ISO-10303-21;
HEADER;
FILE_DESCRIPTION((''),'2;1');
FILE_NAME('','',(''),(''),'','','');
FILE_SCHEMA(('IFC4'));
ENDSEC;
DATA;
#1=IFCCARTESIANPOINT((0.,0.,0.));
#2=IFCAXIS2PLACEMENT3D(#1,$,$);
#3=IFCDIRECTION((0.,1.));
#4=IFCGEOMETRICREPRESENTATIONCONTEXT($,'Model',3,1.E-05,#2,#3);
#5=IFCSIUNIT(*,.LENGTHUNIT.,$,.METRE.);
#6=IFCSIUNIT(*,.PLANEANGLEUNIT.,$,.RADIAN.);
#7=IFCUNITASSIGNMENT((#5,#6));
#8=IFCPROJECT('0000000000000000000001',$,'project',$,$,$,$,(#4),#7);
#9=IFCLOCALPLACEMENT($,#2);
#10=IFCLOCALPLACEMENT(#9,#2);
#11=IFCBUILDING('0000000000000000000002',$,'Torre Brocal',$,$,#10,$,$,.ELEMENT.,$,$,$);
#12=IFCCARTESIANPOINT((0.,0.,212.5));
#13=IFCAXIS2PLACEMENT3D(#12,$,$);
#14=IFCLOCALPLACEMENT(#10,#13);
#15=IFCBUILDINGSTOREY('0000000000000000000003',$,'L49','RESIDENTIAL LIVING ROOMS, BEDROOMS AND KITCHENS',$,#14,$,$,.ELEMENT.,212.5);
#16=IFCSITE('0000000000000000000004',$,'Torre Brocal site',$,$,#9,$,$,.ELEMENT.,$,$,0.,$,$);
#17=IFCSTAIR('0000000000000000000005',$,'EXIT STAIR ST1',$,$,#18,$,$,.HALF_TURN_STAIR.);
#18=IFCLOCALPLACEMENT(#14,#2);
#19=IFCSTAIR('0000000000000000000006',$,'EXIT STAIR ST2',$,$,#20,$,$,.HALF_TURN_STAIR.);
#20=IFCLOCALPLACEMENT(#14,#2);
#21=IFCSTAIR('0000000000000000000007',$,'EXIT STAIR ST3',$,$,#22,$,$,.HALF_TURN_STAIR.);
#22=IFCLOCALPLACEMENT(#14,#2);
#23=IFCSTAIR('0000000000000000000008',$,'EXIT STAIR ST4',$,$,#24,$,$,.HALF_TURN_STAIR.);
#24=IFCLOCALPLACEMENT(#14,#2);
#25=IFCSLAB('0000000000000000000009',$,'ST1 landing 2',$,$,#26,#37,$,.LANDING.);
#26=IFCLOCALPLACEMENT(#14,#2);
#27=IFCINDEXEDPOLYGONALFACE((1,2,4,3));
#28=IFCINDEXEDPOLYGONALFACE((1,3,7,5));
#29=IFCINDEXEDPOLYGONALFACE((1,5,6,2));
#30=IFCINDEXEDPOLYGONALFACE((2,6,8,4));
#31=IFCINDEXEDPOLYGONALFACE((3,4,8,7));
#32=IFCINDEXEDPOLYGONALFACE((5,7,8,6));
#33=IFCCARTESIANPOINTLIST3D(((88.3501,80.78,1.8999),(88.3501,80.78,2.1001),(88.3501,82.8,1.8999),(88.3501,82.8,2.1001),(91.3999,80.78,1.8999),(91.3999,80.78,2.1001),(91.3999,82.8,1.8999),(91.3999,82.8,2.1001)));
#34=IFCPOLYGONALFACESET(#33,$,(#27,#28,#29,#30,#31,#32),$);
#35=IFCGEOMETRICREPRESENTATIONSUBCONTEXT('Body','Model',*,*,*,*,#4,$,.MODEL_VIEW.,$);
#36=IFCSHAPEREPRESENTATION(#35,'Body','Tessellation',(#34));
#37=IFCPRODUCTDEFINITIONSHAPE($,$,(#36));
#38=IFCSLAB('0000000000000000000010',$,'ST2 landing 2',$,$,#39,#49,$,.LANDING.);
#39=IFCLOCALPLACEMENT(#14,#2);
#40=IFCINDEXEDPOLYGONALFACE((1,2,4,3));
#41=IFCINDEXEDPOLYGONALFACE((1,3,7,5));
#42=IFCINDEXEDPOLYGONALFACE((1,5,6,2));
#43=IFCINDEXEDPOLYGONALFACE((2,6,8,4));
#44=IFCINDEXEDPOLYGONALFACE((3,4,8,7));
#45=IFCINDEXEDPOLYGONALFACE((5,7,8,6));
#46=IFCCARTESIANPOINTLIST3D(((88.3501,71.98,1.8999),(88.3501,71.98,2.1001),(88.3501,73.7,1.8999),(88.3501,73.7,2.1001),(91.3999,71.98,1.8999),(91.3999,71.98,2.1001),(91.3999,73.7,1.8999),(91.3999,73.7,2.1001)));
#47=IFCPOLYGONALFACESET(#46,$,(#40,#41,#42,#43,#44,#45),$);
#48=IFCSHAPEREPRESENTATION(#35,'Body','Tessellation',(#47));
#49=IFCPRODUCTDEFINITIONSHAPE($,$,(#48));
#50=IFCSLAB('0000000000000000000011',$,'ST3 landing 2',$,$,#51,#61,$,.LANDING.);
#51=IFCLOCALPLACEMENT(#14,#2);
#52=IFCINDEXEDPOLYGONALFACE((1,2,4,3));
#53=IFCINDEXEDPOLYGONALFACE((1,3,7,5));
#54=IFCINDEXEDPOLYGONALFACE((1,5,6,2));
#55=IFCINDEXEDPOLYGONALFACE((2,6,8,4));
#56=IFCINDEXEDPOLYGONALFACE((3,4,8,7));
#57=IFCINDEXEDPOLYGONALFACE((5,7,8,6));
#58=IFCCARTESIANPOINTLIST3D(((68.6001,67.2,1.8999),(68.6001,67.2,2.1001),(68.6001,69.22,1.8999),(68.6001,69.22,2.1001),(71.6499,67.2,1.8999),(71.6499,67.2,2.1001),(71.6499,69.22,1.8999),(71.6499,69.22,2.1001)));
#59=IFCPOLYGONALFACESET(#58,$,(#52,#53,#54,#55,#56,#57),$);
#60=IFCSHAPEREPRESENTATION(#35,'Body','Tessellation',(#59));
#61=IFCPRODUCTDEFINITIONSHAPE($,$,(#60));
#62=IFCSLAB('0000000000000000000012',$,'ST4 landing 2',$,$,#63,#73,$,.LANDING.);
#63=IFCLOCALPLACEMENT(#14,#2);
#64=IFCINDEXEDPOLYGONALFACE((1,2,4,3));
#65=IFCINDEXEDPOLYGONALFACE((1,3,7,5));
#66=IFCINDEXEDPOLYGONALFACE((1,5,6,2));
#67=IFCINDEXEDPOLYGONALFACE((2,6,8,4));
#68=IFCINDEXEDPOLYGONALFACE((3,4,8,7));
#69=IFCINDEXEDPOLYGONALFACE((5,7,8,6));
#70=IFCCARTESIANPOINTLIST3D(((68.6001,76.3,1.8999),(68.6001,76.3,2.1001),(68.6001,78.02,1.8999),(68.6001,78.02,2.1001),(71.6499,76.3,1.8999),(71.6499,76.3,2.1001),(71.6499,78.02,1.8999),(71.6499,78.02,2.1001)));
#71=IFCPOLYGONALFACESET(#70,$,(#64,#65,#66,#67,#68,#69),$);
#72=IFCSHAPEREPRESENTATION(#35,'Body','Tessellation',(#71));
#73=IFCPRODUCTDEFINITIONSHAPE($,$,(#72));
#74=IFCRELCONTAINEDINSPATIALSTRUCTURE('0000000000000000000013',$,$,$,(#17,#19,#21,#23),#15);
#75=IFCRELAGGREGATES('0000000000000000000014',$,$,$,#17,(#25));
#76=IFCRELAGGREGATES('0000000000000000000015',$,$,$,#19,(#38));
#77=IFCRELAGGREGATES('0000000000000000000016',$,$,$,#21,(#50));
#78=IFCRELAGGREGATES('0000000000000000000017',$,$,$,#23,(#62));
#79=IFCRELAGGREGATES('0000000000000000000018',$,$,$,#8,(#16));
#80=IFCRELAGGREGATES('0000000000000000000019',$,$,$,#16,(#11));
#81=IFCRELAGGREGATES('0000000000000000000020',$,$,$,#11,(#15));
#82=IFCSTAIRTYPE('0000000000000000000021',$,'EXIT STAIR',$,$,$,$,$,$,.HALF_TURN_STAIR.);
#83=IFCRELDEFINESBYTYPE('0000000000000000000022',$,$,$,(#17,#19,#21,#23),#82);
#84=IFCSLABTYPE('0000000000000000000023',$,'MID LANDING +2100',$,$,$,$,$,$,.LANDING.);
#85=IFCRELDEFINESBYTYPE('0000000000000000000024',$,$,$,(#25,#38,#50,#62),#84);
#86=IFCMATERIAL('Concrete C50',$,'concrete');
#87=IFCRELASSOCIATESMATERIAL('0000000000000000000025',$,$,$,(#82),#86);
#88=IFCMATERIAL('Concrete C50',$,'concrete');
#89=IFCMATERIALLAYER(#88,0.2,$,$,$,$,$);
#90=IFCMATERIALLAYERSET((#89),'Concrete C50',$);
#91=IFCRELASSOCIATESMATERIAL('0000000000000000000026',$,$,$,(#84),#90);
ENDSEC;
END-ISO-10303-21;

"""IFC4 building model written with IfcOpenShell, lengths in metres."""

from ifc_helpers import new_model, si_unit, direction, frame, origin, place, context, subcontext, project, spatial, polyline, outline, extrude, material, layer, layer_set, type_object, element, aggregate, save


model = new_model("IFC4")

# Units and contexts
model_context = context("Model", 3, precision=1e-05, world=origin(), true_north=direction((0.0, 1.0)))
body_context = subcontext(model_context, "Body", "Model", "MODEL_VIEW")
ifc_project = project(units=[si_unit("LENGTHUNIT", "METRE"), si_unit("PLANEANGLEUNIT", "RADIAN")], contexts=[model_context])

# Site, building, storey
site_placement = place(None, origin())
site = spatial("IfcSite", under=ifc_project, at=site_placement, Name="Torre Brocal site", CompositionType="ELEMENT", RefElevation=0.0)
building_placement = place(site_placement, origin())
building = spatial("IfcBuilding", under=site, at=building_placement, Name="Torre Brocal", CompositionType="ELEMENT")
storey_placement = place(building_placement, frame((0.0, 0.0, 212.5)))
storey = spatial("IfcBuildingStorey", under=building, at=storey_placement, Name="L49", Description="RESIDENTIAL LIVING ROOMS, BEDROOMS AND KITCHENS", CompositionType="ELEMENT", Elevation=212.5)

# Stairs
ifc_material_1 = material(Name="Concrete C50", Category="concrete")
stair_type = type_object("IfcStairType", Name="EXIT STAIR", PredefinedType="HALF_TURN_STAIR", material=ifc_material_1)
stair_1_placement = place(storey_placement, origin())
stair_1 = element("IfcStair", 1, at=stair_1_placement, inside=storey, type_object=stair_type, Name="EXIT STAIR ST1", PredefinedType="HALF_TURN_STAIR")
stair_2_placement = place(storey_placement, origin())
stair_2 = element("IfcStair", 2, at=stair_2_placement, inside=storey, type_object=stair_type, Name="EXIT STAIR ST2", PredefinedType="HALF_TURN_STAIR")
stair_3_placement = place(storey_placement, origin())
stair_3 = element("IfcStair", 3, at=stair_3_placement, inside=storey, type_object=stair_type, Name="EXIT STAIR ST3", PredefinedType="HALF_TURN_STAIR")
stair_4_placement = place(storey_placement, origin())
stair_4 = element("IfcStair", 4, at=stair_4_placement, inside=storey, type_object=stair_type, Name="EXIT STAIR ST4", PredefinedType="HALF_TURN_STAIR")

# Slabs
ifc_material_2 = material(Name="Concrete C50", Category="concrete")
ifc_layer_1 = layer(ifc_material_2, 0.2)
ifc_layer_set_1 = layer_set([ifc_layer_1], Name="Concrete C50")
slab_type_1 = type_object("IfcSlabType", Name="MID LANDING +2100", PredefinedType="LANDING", material=ifc_layer_set_1)
slab_1_placement = place(storey_placement, frame((0.0, 0.0, 1.8999)))
slab_1 = element("IfcSlab", 5, at=slab_1_placement, type_object=slab_type_1, Name="ST1 landing 2", PredefinedType="LANDING", context=body_context, shape_type="SweptSolid", body=[
    extrude(outline(polyline([(88.3501, 80.78), (91.3999, 80.78), (91.3999, 82.8), (88.3501, 82.8), (88.3501, 80.78)])), origin(), (0.0, 0.0, 1.0), 0.2002),
])
aggregate(stair_1, [slab_1])
slab_2_placement = place(storey_placement, frame((0.0, 0.0, 1.8999)))
slab_2 = element("IfcSlab", 6, at=slab_2_placement, type_object=slab_type_1, Name="ST2 landing 2", PredefinedType="LANDING", context=body_context, shape_type="SweptSolid", body=[
    extrude(outline(polyline([(88.3501, 71.98), (91.3999, 71.98), (91.3999, 73.7), (88.3501, 73.7), (88.3501, 71.98)])), origin(), (0.0, 0.0, 1.0), 0.2002),
])
aggregate(stair_2, [slab_2])
slab_3_placement = place(storey_placement, frame((0.0, 0.0, 1.8999)))
slab_3 = element("IfcSlab", 7, at=slab_3_placement, type_object=slab_type_1, Name="ST3 landing 2", PredefinedType="LANDING", context=body_context, shape_type="SweptSolid", body=[
    extrude(outline(polyline([(71.6499, 69.22), (68.6001, 69.22), (68.6001, 67.2), (71.6499, 67.2), (71.6499, 69.22)])), origin(), (0.0, 0.0, 1.0), 0.2002),
])
aggregate(stair_3, [slab_3])
slab_4_placement = place(storey_placement, frame((0.0, 0.0, 1.8999)))
slab_4 = element("IfcSlab", 8, at=slab_4_placement, type_object=slab_type_1, Name="ST4 landing 2", PredefinedType="LANDING", context=body_context, shape_type="SweptSolid", body=[
    extrude(outline(polyline([(71.6499, 78.02), (68.6001, 78.02), (68.6001, 76.3), (71.6499, 76.3), (71.6499, 78.02)])), origin(), (0.0, 0.0, 1.0), 0.2002),
])
aggregate(stair_4, [slab_4])

save(model, "model.ifc")
